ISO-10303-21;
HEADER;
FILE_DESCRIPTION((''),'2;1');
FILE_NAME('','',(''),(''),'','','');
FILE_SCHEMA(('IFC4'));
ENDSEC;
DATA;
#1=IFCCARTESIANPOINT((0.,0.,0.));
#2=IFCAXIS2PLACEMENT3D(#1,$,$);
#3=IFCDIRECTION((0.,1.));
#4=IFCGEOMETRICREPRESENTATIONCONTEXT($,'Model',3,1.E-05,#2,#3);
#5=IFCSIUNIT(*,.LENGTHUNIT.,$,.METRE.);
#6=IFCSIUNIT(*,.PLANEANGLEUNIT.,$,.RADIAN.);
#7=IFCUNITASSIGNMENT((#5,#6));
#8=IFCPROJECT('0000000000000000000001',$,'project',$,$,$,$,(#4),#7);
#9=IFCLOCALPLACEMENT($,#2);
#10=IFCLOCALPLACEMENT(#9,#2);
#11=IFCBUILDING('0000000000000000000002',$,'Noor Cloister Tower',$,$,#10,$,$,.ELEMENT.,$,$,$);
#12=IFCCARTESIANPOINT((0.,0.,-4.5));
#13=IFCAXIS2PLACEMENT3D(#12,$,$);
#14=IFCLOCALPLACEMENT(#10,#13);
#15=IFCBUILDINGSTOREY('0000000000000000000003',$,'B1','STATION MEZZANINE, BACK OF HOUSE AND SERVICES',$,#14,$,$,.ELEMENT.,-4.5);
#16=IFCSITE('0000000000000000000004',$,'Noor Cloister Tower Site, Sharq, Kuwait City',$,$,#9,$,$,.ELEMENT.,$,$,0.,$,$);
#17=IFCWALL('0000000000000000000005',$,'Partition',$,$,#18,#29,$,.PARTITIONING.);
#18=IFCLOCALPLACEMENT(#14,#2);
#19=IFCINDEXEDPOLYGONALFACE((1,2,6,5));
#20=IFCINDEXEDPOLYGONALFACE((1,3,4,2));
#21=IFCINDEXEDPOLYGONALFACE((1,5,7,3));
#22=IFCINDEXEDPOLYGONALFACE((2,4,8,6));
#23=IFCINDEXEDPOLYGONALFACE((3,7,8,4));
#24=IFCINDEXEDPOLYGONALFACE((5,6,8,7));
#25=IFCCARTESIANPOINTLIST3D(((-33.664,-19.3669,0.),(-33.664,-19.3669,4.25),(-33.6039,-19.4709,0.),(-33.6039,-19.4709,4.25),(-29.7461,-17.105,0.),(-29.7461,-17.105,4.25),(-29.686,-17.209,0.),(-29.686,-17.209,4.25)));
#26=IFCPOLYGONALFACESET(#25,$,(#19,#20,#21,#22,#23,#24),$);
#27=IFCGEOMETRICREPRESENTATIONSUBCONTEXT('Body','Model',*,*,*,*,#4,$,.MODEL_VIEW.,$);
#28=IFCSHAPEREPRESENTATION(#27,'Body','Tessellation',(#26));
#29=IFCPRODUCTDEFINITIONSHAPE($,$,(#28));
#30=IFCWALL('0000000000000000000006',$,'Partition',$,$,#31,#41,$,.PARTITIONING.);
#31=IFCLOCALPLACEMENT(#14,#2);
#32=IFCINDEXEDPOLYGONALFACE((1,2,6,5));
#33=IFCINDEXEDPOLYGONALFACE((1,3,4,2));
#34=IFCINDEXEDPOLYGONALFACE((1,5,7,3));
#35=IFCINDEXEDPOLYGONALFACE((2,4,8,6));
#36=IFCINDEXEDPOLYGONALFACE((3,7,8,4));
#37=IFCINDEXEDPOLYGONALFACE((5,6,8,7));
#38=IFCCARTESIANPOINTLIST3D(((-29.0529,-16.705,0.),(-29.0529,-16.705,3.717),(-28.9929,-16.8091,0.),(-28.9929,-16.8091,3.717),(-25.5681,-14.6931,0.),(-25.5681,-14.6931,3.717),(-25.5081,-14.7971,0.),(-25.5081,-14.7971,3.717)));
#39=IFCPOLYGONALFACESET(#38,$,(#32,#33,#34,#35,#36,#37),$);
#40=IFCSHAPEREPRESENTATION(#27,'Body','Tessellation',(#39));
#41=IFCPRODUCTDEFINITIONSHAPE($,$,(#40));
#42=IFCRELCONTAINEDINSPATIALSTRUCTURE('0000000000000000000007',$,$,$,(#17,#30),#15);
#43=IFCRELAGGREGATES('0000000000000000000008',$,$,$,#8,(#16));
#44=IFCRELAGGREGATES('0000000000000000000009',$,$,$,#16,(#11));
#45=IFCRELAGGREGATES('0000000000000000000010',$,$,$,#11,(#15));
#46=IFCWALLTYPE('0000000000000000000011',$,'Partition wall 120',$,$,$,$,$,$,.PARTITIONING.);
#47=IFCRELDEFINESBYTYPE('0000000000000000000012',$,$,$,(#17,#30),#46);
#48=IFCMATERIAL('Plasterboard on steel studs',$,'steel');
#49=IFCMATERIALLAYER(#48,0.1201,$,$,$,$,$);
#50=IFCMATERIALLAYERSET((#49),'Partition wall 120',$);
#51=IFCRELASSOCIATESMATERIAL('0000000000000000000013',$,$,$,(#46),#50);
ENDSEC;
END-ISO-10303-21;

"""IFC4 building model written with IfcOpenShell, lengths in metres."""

from ifc_helpers import new_model, si_unit, direction, frame, frame_2d, origin, place, context, subcontext, project, spatial, rectangle, extrude, material, layer, layer_set, type_object, element, save


model = new_model("IFC4")

# Units and contexts
model_context = context("Model", 3, precision=1e-05, world=origin(), true_north=direction((0.0, 1.0)))
body_context = subcontext(model_context, "Body", "Model", "MODEL_VIEW")
ifc_project = project(units=[si_unit("LENGTHUNIT", "METRE"), si_unit("PLANEANGLEUNIT", "RADIAN")], contexts=[model_context])

# Site, building, storey
site_placement = place(None, origin())
site = spatial("IfcSite", under=ifc_project, at=site_placement, Name="Noor Cloister Tower Site, Sharq, Kuwait City", CompositionType="ELEMENT", RefElevation=0.0)
building_placement = place(site_placement, origin())
building = spatial("IfcBuilding", under=site, at=building_placement, Name="Noor Cloister Tower", CompositionType="ELEMENT")
storey_placement = place(building_placement, frame((0.0, 0.0, -4.5)))
storey = spatial("IfcBuildingStorey", under=building, at=storey_placement, Name="B1", Description="STATION MEZZANINE, BACK OF HOUSE AND SERVICES", CompositionType="ELEMENT", Elevation=-4.5)

# Walls
ifc_material_1 = material(Name="Plasterboard on steel studs", Category="steel")
ifc_layer_1 = layer(ifc_material_1, 0.1201)
ifc_layer_set_1 = layer_set([ifc_layer_1], Name="Partition wall 120")
wall_type_1 = type_object("IfcWallType", Name="Partition wall 120", PredefinedType="PARTITIONING", material=ifc_layer_set_1)
wall_1_placement = place(storey_placement, frame((-29.7161, -17.157, 0.0), z_axis=(0.0, 0.0, 1.0), x_axis=(-0.866033, -0.499987, 0.0)))
element("IfcWall", 1, at=wall_1_placement, inside=storey, type_object=wall_type_1, Name="Partition", PredefinedType="PARTITIONING", context=body_context, shape_type="SweptSolid", body=[
    extrude(rectangle(XDim=4.5239, YDim=0.1201, at=frame_2d((2.262, 0.0))), origin(), (0.0, 0.0, 1.0), 4.25),
])
wall_2_placement = place(storey_placement, frame((-25.5381, -14.7451, 0.0), z_axis=(0.0, 0.0, 1.0), x_axis=(-0.866028, -0.499996, 0.0)))
element("IfcWall", 2, at=wall_2_placement, inside=storey, type_object=wall_type_1, Name="Partition", PredefinedType="PARTITIONING", context=body_context, shape_type="SweptSolid", body=[
    extrude(rectangle(XDim=4.0239, YDim=0.1201, at=frame_2d((2.012, 0.0))), origin(), (0.0, 0.0, 1.0), 3.717),
])

save(model, "model.ifc")
